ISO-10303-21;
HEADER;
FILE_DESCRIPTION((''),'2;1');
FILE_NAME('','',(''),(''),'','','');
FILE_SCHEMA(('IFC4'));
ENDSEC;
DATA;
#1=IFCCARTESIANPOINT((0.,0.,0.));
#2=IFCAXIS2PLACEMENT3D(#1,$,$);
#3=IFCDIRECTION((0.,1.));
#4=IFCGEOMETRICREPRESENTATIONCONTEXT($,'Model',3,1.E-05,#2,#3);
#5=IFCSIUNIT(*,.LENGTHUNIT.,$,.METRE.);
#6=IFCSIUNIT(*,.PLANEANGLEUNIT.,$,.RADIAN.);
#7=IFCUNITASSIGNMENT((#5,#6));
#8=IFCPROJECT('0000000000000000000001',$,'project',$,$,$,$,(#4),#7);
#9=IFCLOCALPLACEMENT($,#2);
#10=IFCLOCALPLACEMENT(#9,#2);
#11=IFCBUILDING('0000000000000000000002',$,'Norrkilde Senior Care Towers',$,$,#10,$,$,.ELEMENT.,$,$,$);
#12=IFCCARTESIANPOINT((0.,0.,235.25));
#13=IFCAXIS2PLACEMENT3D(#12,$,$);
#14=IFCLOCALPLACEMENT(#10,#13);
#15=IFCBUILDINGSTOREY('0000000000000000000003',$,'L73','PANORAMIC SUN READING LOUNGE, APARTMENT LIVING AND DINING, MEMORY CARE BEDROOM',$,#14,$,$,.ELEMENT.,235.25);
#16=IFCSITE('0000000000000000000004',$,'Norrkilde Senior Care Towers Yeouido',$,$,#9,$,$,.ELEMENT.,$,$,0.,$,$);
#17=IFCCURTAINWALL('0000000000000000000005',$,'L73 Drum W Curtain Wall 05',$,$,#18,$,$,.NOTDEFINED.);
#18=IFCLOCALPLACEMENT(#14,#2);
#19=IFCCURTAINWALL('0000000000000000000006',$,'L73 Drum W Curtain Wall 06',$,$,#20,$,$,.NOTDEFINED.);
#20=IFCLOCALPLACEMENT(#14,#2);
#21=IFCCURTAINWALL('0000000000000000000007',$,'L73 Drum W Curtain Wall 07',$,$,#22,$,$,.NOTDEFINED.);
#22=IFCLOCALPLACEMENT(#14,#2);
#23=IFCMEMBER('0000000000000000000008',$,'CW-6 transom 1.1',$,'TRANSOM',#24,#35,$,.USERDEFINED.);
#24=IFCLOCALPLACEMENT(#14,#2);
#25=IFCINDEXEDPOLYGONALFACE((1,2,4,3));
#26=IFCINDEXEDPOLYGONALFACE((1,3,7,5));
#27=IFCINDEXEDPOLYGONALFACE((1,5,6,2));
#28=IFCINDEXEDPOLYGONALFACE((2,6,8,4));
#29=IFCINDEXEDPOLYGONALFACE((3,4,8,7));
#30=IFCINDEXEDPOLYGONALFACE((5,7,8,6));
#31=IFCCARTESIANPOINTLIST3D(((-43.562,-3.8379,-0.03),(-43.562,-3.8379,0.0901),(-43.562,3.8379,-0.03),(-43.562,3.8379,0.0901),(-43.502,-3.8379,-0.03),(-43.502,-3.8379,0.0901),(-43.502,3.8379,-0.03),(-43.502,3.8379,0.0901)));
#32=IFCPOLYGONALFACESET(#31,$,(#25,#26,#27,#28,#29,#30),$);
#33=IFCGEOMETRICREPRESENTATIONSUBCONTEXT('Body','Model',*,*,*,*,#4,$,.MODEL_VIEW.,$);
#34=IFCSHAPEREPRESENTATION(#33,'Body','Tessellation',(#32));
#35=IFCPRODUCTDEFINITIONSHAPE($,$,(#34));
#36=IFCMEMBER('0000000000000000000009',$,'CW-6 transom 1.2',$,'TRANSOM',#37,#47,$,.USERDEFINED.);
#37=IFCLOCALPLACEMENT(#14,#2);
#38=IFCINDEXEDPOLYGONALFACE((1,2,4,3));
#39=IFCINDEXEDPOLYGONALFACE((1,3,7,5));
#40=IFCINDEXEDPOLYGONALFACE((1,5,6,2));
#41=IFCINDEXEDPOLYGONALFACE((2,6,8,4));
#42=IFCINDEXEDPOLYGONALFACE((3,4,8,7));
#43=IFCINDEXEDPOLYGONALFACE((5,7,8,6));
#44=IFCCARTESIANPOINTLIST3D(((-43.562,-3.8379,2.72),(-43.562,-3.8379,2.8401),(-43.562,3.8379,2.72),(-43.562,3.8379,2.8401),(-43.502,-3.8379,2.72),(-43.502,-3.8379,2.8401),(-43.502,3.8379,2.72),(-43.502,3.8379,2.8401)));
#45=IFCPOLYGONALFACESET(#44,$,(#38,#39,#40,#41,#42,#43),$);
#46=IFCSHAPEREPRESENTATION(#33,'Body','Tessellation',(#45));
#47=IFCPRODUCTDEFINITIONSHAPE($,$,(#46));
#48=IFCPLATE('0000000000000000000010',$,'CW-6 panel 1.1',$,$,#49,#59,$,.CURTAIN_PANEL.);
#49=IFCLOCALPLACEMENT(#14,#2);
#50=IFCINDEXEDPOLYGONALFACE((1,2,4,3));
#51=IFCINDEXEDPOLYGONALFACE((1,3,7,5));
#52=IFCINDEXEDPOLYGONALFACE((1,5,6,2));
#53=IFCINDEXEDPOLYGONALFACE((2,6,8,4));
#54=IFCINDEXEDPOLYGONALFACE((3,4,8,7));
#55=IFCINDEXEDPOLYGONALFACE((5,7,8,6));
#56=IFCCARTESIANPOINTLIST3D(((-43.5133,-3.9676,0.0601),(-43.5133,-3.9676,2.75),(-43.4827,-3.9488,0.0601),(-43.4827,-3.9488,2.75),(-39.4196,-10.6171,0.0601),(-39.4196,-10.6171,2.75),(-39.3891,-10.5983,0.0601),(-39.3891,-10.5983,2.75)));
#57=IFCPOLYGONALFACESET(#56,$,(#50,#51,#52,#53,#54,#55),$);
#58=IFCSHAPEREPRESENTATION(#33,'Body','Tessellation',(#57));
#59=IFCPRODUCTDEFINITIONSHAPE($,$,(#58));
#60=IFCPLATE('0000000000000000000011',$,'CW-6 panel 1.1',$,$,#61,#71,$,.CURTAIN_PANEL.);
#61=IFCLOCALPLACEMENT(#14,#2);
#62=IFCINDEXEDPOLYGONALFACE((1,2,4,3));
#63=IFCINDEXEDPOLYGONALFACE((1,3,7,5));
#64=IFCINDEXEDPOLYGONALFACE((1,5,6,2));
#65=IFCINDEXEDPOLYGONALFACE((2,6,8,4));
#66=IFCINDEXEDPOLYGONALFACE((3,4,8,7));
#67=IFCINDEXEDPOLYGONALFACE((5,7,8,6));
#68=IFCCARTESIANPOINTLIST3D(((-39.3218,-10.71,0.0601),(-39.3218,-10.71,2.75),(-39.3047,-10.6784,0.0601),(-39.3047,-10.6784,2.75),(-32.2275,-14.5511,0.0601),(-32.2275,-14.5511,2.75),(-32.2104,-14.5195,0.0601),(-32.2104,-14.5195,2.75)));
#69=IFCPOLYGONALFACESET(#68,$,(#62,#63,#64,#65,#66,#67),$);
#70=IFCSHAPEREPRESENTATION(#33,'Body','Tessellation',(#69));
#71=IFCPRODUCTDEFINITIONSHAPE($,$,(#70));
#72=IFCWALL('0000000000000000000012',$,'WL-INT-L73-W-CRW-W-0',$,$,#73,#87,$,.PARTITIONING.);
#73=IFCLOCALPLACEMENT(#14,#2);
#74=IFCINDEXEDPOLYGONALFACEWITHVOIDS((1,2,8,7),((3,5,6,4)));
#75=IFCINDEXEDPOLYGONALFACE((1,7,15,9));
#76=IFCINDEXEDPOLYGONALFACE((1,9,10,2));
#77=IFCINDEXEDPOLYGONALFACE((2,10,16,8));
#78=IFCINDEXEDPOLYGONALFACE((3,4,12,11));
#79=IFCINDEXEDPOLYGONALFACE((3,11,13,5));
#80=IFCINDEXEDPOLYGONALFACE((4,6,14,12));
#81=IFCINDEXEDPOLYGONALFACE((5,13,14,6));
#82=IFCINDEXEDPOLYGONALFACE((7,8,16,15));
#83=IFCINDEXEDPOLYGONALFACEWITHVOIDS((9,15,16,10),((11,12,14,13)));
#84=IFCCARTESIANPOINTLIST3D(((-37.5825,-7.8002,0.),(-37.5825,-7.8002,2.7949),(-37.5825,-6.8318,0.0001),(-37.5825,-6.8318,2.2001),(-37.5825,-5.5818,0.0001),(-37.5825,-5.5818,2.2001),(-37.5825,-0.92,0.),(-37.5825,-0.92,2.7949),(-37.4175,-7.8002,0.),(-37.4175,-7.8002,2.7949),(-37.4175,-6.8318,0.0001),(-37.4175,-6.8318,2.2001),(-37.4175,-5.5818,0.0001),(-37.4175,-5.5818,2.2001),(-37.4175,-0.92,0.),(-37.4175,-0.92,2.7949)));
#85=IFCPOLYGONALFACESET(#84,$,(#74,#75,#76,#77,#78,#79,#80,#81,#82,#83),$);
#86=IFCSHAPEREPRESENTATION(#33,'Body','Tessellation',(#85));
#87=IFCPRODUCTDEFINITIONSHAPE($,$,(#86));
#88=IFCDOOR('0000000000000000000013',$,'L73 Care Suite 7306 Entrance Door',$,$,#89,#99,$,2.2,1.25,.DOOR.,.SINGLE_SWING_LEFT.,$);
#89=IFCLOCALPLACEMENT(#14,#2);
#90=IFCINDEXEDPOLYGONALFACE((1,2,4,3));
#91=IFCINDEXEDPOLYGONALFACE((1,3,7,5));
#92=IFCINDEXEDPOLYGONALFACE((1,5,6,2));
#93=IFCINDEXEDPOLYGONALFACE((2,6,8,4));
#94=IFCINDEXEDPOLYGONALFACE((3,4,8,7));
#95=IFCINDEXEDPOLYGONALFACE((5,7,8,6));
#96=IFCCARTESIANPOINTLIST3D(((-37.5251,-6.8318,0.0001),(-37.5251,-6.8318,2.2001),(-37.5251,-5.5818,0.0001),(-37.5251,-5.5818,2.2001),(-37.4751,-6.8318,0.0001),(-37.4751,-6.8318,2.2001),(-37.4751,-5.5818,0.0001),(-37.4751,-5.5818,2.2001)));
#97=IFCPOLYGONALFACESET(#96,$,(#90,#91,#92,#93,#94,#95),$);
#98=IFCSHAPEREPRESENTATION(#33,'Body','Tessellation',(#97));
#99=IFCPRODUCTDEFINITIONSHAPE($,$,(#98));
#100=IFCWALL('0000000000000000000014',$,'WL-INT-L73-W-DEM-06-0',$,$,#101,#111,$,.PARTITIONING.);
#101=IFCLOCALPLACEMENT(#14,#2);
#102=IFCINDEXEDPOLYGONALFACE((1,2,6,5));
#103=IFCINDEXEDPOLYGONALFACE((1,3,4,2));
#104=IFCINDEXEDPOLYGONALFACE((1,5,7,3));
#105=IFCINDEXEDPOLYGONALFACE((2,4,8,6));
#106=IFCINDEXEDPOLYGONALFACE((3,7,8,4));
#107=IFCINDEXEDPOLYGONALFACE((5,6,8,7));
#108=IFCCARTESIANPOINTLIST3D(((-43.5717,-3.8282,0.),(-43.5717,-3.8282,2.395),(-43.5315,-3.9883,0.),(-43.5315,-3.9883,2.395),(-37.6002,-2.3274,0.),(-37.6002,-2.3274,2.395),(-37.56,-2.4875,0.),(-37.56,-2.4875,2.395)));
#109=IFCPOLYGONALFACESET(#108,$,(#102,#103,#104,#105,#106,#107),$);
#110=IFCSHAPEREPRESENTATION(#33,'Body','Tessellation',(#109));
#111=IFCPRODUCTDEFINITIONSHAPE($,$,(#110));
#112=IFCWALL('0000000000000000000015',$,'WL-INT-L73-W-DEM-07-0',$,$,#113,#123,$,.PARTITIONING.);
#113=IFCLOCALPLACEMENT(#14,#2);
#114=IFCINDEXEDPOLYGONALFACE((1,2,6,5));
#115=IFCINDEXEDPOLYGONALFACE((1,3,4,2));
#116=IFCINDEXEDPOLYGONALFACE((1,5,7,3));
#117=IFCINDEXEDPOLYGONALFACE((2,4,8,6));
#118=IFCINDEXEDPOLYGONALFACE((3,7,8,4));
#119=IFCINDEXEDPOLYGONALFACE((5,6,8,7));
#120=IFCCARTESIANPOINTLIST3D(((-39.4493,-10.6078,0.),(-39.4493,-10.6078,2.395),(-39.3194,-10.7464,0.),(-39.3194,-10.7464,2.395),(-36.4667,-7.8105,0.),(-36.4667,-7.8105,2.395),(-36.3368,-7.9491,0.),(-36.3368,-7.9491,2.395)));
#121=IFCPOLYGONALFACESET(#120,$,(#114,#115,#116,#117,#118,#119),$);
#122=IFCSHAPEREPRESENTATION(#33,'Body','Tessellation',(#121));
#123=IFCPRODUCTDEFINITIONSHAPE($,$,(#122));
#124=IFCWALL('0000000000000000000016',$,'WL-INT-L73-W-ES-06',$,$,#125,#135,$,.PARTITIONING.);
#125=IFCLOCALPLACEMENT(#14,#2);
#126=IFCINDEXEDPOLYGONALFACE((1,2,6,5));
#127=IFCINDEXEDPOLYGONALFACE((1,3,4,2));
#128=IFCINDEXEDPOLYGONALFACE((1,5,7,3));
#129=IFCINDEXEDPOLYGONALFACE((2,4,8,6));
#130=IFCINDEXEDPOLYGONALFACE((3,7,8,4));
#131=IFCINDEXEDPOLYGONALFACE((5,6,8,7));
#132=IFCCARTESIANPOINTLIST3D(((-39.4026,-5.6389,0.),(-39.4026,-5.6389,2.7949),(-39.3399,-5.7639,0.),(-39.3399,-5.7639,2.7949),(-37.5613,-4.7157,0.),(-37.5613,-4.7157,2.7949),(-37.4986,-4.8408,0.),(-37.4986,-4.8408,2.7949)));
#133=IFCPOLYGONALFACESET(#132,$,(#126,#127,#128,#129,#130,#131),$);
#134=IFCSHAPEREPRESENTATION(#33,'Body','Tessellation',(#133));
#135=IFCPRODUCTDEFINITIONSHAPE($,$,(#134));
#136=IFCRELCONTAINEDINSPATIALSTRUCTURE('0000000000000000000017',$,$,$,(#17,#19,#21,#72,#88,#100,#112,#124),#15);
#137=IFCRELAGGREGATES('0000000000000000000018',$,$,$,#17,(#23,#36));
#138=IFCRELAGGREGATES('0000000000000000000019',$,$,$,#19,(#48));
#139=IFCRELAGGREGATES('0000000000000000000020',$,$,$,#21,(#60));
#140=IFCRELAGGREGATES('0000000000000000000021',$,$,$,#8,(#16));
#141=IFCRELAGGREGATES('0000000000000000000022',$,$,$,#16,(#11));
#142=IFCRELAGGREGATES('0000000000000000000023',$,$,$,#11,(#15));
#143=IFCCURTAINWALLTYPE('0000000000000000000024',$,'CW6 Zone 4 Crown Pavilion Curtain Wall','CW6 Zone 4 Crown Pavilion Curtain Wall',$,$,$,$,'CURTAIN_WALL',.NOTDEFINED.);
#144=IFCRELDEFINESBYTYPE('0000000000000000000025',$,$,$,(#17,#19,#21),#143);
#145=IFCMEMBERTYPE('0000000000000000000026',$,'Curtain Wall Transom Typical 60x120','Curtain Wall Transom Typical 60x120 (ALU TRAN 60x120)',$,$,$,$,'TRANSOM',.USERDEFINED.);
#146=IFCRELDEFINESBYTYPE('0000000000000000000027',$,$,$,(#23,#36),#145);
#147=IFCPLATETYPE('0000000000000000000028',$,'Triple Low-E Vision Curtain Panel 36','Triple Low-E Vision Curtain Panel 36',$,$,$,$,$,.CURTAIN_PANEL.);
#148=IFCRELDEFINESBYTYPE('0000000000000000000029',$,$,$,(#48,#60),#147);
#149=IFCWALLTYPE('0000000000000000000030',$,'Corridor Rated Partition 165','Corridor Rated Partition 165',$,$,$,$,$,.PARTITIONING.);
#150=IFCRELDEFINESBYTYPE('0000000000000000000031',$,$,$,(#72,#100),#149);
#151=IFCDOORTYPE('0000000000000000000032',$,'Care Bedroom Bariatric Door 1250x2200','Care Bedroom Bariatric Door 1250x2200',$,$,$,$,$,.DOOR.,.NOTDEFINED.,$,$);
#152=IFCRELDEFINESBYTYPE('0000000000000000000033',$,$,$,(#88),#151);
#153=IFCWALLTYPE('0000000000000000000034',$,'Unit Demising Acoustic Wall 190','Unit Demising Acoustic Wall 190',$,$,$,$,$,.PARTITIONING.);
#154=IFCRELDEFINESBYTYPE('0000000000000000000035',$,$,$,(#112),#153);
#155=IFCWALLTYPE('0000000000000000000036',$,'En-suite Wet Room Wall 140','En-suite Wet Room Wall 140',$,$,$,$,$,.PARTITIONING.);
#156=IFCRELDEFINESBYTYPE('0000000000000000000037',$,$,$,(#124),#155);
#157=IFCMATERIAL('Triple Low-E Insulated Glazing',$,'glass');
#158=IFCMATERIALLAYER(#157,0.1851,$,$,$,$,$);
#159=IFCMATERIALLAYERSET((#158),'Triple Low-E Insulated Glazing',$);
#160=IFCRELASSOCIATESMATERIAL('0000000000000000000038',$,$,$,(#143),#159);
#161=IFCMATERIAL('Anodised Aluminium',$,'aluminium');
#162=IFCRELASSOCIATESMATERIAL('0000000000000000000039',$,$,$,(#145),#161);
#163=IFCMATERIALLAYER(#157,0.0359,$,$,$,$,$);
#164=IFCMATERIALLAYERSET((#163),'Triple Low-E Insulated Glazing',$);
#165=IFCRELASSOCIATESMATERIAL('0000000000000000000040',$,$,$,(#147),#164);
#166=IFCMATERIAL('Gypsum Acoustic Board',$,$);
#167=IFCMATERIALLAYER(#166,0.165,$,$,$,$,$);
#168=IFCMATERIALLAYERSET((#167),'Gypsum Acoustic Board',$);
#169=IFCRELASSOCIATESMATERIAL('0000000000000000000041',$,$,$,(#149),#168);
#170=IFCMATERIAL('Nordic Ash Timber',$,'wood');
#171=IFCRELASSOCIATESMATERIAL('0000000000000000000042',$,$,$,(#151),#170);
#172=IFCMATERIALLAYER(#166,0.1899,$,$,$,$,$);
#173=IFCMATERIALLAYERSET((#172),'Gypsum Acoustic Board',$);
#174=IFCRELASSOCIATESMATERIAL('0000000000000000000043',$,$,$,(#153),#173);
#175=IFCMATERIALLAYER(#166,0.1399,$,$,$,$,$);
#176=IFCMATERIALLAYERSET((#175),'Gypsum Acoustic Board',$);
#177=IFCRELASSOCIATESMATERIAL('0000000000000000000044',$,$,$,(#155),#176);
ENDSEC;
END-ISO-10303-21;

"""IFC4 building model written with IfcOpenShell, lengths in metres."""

from ifc_helpers import new_model, si_unit, direction, frame, frame_2d, origin, origin_2d, place, context, subcontext, project, spatial, rectangle, extrude, source, transform, mapped, material, layer, layer_set, material_profile, profile_set, type_object, type_shapes, element, fill, aggregate, save


model = new_model("IFC4")

# Units and contexts
model_context = context("Model", 3, precision=1e-05, world=origin(), true_north=direction((0.0, 1.0)))
body_context = subcontext(model_context, "Body", "Model", "MODEL_VIEW")
ifc_project = project(units=[si_unit("LENGTHUNIT", "METRE"), si_unit("PLANEANGLEUNIT", "RADIAN")], contexts=[model_context])

# Site, building, storey
site_placement = place(None, origin())
site = spatial("IfcSite", under=ifc_project, at=site_placement, Name="Norrkilde Senior Care Towers Yeouido", CompositionType="ELEMENT", RefElevation=0.0)
building_placement = place(site_placement, origin())
building = spatial("IfcBuilding", under=site, at=building_placement, Name="Norrkilde Senior Care Towers", CompositionType="ELEMENT")
storey_placement = place(building_placement, frame((0.0, 0.0, 235.25)))
storey = spatial("IfcBuildingStorey", under=building, at=storey_placement, Name="L73", Description="PANORAMIC SUN READING LOUNGE, APARTMENT LIVING AND DINING, MEMORY CARE BEDROOM", CompositionType="ELEMENT", Elevation=235.25)

# Curtain wall
ifc_material_1 = material(Name="Triple Low-E Insulated Glazing", Category="glass")
ifc_layer_1 = layer(ifc_material_1, 0.1851)
ifc_layer_set_1 = layer_set([ifc_layer_1], Name="Triple Low-E Insulated Glazing")
curtain_wall_type = type_object("IfcCurtainWallType", Name="CW6 Zone 4 Crown Pavilion Curtain Wall", Description="CW6 Zone 4 Crown Pavilion Curtain Wall", ElementType="CURTAIN_WALL", PredefinedType="NOTDEFINED", material=ifc_layer_set_1)
curtain_wall_1_placement = place(storey_placement, origin())
curtain_wall_1 = element("IfcCurtainWall", 1, at=curtain_wall_1_placement, inside=storey, type_object=curtain_wall_type, Name="L73 Drum W Curtain Wall 05", PredefinedType="NOTDEFINED")
ifc_material_2 = material(Name="Anodised Aluminium", Category="aluminium")

# Curtain wall
curtain_wall_2_placement = place(storey_placement, origin())
curtain_wall_2 = element("IfcCurtainWall", 2, at=curtain_wall_2_placement, inside=storey, type_object=curtain_wall_type, Name="L73 Drum W Curtain Wall 06", PredefinedType="NOTDEFINED")

# Curtain wall
curtain_wall_3_placement = place(storey_placement, origin())
curtain_wall_3 = element("IfcCurtainWall", 3, at=curtain_wall_3_placement, inside=storey, type_object=curtain_wall_type, Name="L73 Drum W Curtain Wall 07", PredefinedType="NOTDEFINED")

# Members
ifc_material_profile_1 = material_profile(ifc_material_2, rectangle(XDim=0.0601, YDim=0.1201, at=origin_2d()), Name="ALU TRAN 60x120")
ifc_profile_set_1 = profile_set([ifc_material_profile_1], Name="Anodised Aluminium")
member_type_1 = type_object("IfcMemberType", Name="Curtain Wall Transom Typical 60x120", Description="Curtain Wall Transom Typical 60x120 (ALU TRAN 60x120)", ElementType="TRANSOM", PredefinedType="USERDEFINED", material=ifc_profile_set_1)
shared_shape_1 = source(origin(), body_context, "Body", "SweptSolid", [
    extrude(rectangle(XDim=0.0601, YDim=0.1201, at=origin_2d()), origin(), (0.0, 0.0, 1.0), 7.6758),
])
member_1_placement = place(storey_placement, frame((-43.532, -3.8379, 0.03), z_axis=(0.0, 1.0, 0.0), x_axis=(-1.0, 0.0, 0.0)))
member_1 = element("IfcMember", 4, at=member_1_placement, type_object=member_type_1, Name="CW-6 transom 1.1", ObjectType="TRANSOM", PredefinedType="USERDEFINED", context=body_context, shape_type="MappedRepresentation", body=[
    mapped(shared_shape_1, transform((0.0, 0.0, 0.0), x_axis=(1.0, 0.0, 0.0), y_axis=(0.0, 1.0, 0.0), z_axis=(0.0, 0.0, 1.0), scale=1.0)),
])
member_2_placement = place(storey_placement, frame((-43.532, -3.8379, 2.78), z_axis=(0.0, 1.0, 0.0), x_axis=(-1.0, 0.0, 0.0)))
member_2 = element("IfcMember", 5, at=member_2_placement, type_object=member_type_1, Name="CW-6 transom 1.2", ObjectType="TRANSOM", PredefinedType="USERDEFINED", context=body_context, shape_type="MappedRepresentation", body=[
    mapped(shared_shape_1, transform((0.0, 0.0, 0.0), x_axis=(1.0, 0.0, 0.0), y_axis=(0.0, 1.0, 0.0), z_axis=(0.0, 0.0, 1.0), scale=1.0)),
])
aggregate(curtain_wall_1, [member_1, member_2])

# Plates
ifc_layer_2 = layer(ifc_material_1, 0.0359)
ifc_layer_set_2 = layer_set([ifc_layer_2], Name="Triple Low-E Insulated Glazing")
plate_type = type_object("IfcPlateType", Name="Triple Low-E Vision Curtain Panel 36", Description="Triple Low-E Vision Curtain Panel 36", PredefinedType="CURTAIN_PANEL", material=ifc_layer_set_2)
shared_shape_2 = source(origin(), body_context, "Body", "SweptSolid", [
    extrude(rectangle(XDim=7.8086, YDim=0.0359, at=origin_2d()), origin(), (0.0, 0.0, 1.0), 2.6899),
])
plate_1_placement = place(storey_placement, frame((-41.4512, -7.283, 0.0601), z_axis=(0.0, 0.0, 1.0), x_axis=(-0.524253, 0.851563, 0.0)))
plate_1 = element("IfcPlate", 6, at=plate_1_placement, type_object=plate_type, Name="CW-6 panel 1.1", PredefinedType="CURTAIN_PANEL", context=body_context, shape_type="MappedRepresentation", body=[
    mapped(shared_shape_2, transform((0.0, 0.0, 0.0), x_axis=(1.0, 0.0, 0.0), y_axis=(0.0, 1.0, 0.0), z_axis=(0.0, 0.0, 1.0), scale=1.0)),
])
aggregate(curtain_wall_2, [plate_1])
shared_shape_3 = source(origin(), body_context, "Body", "SweptSolid", [
    extrude(rectangle(XDim=8.0674, YDim=0.0359, at=origin_2d()), origin(), (0.0, 0.0, 1.0), 2.6899),
])
type_shapes(plate_type, [shared_shape_2, shared_shape_3])
plate_2_placement = place(storey_placement, frame((-35.7661, -12.6147, 0.0601), z_axis=(0.0, 0.0, 1.0), x_axis=(-0.879373, 0.476133, 0.0)))
plate_2 = element("IfcPlate", 7, at=plate_2_placement, type_object=plate_type, Name="CW-6 panel 1.1", PredefinedType="CURTAIN_PANEL", context=body_context, shape_type="MappedRepresentation", body=[
    mapped(shared_shape_3, transform((0.0, 0.0, 0.0), x_axis=(1.0, 0.0, 0.0), y_axis=(0.0, 1.0, 0.0), z_axis=(0.0, 0.0, 1.0), scale=1.0)),
])
aggregate(curtain_wall_3, [plate_2])

# Wall, opening, door
ifc_material_3 = material(Name="Gypsum Acoustic Board")
ifc_layer_3 = layer(ifc_material_3, 0.165)
ifc_layer_set_3 = layer_set([ifc_layer_3], Name="Gypsum Acoustic Board")
wall_type_1 = type_object("IfcWallType", Name="Corridor Rated Partition 165", Description="Corridor Rated Partition 165", PredefinedType="PARTITIONING", material=ifc_layer_set_3)
shared_shape_4 = source(origin(), body_context, "Body", "SweptSolid", [
    extrude(rectangle(XDim=6.8801, YDim=0.165, at=frame_2d((3.4399, 0.0))), origin(), (0.0, 0.0, 1.0), 2.7949),
])
wall_1_placement = place(storey_placement, frame((-37.5, -7.8, 0.0), z_axis=(0.0, 0.0, 1.0), x_axis=(0.0, 1.0, 0.0)))
wall_1 = element("IfcWall", 8, at=wall_1_placement, inside=storey, type_object=wall_type_1, Name="WL-INT-L73-W-CRW-W-0", PredefinedType="PARTITIONING", context=body_context, shape_type="MappedRepresentation", body=[
    mapped(shared_shape_4, transform((0.0, 0.0, 0.0), x_axis=(1.0, 0.0, 0.0), y_axis=(0.0, 1.0, 0.0), z_axis=(0.0, 0.0, 1.0), scale=1.0)),
])
opening_1_placement = place(wall_1_placement, frame((0.9683, 0.0, 0.0)))
opening_1 = element("IfcOpeningElement", 9, at=opening_1_placement, cuts=wall_1, PredefinedType="OPENING", context=body_context, shape_type="SweptSolid", body=[
    extrude(rectangle(XDim=1.25, YDim=2.2, at=frame_2d((0.625, 1.1001))), frame((0.0, 0.0925, 0.0), z_axis=(0.0, -1.0, 0.0), x_axis=(1.0, 0.0, 0.0)), (0.0, 0.0, 1.0), 0.1851),
])
ifc_material_4 = material(Name="Nordic Ash Timber", Category="wood")
door_type_1 = type_object("IfcDoorType", Name="Care Bedroom Bariatric Door 1250x2200", Description="Care Bedroom Bariatric Door 1250x2200", OperationType="NOTDEFINED", PredefinedType="DOOR", material=ifc_material_4)
shared_shape_5 = source(origin(), body_context, "Body", "SweptSolid", [
    extrude(rectangle(XDim=1.25, YDim=2.2, at=frame_2d((0.625, 1.1001))), frame((0.0, 0.0249, 0.0), z_axis=(0.0, -1.0, 0.0), x_axis=(1.0, 0.0, 0.0)), (0.0, 0.0, 1.0), 0.05),
])
type_shapes(door_type_1, [shared_shape_5])
door_1_placement = place(opening_1_placement, frame((1.25, 0.0, 0.0), z_axis=(0.0, 0.0, 1.0), x_axis=(-1.0, 0.0, 0.0)))
door_1 = element("IfcDoor", 10, at=door_1_placement, inside=storey, type_object=door_type_1, Name="L73 Care Suite 7306 Entrance Door", OperationType="SINGLE_SWING_LEFT", OverallHeight=2.2, OverallWidth=1.25, PredefinedType="DOOR", context=body_context, shape_type="MappedRepresentation", body=[
    mapped(shared_shape_5, transform((0.0, 0.0, 0.0), x_axis=(1.0, 0.0, 0.0), y_axis=(0.0, 1.0, 0.0), z_axis=(0.0, 0.0, 1.0), scale=1.0)),
])
fill(opening_1, door_1)

# Walls
shared_shape_6 = source(origin(), body_context, "Body", "SweptSolid", [
    extrude(rectangle(XDim=6.1572, YDim=0.165, at=frame_2d((3.0786, 0.0))), origin(), (0.0, 0.0, 1.0), 2.395),
])
type_shapes(wall_type_1, [shared_shape_4, shared_shape_6])
wall_2_placement = place(storey_placement, frame((-37.5801, -2.4075, 0.0), z_axis=(0.0, 0.0, 1.0), x_axis=(-0.969841, -0.243739, 0.0)))
element("IfcWall", 11, at=wall_2_placement, inside=storey, type_object=wall_type_1, Name="WL-INT-L73-W-DEM-06-0", PredefinedType="PARTITIONING", context=body_context, shape_type="MappedRepresentation", body=[
    mapped(shared_shape_6, transform((0.0, 0.0, 0.0), x_axis=(1.0, 0.0, 0.0), y_axis=(0.0, 1.0, 0.0), z_axis=(0.0, 0.0, 1.0), scale=1.0)),
])
ifc_layer_4 = layer(ifc_material_3, 0.1899)
ifc_layer_set_4 = layer_set([ifc_layer_4], Name="Gypsum Acoustic Board")
wall_type_2 = type_object("IfcWallType", Name="Unit Demising Acoustic Wall 190", Description="Unit Demising Acoustic Wall 190", PredefinedType="PARTITIONING", material=ifc_layer_set_4)
shared_shape_7 = source(origin(), body_context, "Body", "SweptSolid", [
    extrude(rectangle(XDim=4.0891, YDim=0.1899, at=frame_2d((2.0444, 0.0))), origin(), (0.0, 0.0, 1.0), 2.395),
])
type_shapes(wall_type_2, [shared_shape_7])
wall_3_placement = place(storey_placement, frame((-36.4019, -7.8799, 0.0), z_axis=(0.0, 0.0, 1.0), x_axis=(-0.729401, -0.684086, 0.0)))
element("IfcWall", 12, at=wall_3_placement, inside=storey, type_object=wall_type_2, Name="WL-INT-L73-W-DEM-07-0", PredefinedType="PARTITIONING", context=body_context, shape_type="MappedRepresentation", body=[
    mapped(shared_shape_7, transform((0.0, 0.0, 0.0), x_axis=(1.0, 0.0, 0.0), y_axis=(0.0, 1.0, 0.0), z_axis=(0.0, 0.0, 1.0), scale=1.0)),
])
ifc_layer_5 = layer(ifc_material_3, 0.1399)
ifc_layer_set_5 = layer_set([ifc_layer_5], Name="Gypsum Acoustic Board")
wall_type_3 = type_object("IfcWallType", Name="En-suite Wet Room Wall 140", Description="En-suite Wet Room Wall 140", PredefinedType="PARTITIONING", material=ifc_layer_set_5)
shared_shape_8 = source(origin(), body_context, "Body", "SweptSolid", [
    extrude(rectangle(XDim=2.0598, YDim=0.1399, at=frame_2d((1.0298, 0.0))), origin(), (0.0, 0.0, 1.0), 2.7949),
])
wall_4_placement = place(storey_placement, frame((-37.53, -4.7783, 0.0), z_axis=(0.0, 0.0, 1.0), x_axis=(-0.893953, -0.448162, 0.0)))
element("IfcWall", 13, at=wall_4_placement, inside=storey, type_object=wall_type_3, Name="WL-INT-L73-W-ES-06", PredefinedType="PARTITIONING", context=body_context, shape_type="MappedRepresentation", body=[
    mapped(shared_shape_8, transform((0.0, 0.0, 0.0), x_axis=(1.0, 0.0, 0.0), y_axis=(0.0, 1.0, 0.0), z_axis=(0.0, 0.0, 1.0), scale=1.0)),
])

save(model, "model.ifc")
